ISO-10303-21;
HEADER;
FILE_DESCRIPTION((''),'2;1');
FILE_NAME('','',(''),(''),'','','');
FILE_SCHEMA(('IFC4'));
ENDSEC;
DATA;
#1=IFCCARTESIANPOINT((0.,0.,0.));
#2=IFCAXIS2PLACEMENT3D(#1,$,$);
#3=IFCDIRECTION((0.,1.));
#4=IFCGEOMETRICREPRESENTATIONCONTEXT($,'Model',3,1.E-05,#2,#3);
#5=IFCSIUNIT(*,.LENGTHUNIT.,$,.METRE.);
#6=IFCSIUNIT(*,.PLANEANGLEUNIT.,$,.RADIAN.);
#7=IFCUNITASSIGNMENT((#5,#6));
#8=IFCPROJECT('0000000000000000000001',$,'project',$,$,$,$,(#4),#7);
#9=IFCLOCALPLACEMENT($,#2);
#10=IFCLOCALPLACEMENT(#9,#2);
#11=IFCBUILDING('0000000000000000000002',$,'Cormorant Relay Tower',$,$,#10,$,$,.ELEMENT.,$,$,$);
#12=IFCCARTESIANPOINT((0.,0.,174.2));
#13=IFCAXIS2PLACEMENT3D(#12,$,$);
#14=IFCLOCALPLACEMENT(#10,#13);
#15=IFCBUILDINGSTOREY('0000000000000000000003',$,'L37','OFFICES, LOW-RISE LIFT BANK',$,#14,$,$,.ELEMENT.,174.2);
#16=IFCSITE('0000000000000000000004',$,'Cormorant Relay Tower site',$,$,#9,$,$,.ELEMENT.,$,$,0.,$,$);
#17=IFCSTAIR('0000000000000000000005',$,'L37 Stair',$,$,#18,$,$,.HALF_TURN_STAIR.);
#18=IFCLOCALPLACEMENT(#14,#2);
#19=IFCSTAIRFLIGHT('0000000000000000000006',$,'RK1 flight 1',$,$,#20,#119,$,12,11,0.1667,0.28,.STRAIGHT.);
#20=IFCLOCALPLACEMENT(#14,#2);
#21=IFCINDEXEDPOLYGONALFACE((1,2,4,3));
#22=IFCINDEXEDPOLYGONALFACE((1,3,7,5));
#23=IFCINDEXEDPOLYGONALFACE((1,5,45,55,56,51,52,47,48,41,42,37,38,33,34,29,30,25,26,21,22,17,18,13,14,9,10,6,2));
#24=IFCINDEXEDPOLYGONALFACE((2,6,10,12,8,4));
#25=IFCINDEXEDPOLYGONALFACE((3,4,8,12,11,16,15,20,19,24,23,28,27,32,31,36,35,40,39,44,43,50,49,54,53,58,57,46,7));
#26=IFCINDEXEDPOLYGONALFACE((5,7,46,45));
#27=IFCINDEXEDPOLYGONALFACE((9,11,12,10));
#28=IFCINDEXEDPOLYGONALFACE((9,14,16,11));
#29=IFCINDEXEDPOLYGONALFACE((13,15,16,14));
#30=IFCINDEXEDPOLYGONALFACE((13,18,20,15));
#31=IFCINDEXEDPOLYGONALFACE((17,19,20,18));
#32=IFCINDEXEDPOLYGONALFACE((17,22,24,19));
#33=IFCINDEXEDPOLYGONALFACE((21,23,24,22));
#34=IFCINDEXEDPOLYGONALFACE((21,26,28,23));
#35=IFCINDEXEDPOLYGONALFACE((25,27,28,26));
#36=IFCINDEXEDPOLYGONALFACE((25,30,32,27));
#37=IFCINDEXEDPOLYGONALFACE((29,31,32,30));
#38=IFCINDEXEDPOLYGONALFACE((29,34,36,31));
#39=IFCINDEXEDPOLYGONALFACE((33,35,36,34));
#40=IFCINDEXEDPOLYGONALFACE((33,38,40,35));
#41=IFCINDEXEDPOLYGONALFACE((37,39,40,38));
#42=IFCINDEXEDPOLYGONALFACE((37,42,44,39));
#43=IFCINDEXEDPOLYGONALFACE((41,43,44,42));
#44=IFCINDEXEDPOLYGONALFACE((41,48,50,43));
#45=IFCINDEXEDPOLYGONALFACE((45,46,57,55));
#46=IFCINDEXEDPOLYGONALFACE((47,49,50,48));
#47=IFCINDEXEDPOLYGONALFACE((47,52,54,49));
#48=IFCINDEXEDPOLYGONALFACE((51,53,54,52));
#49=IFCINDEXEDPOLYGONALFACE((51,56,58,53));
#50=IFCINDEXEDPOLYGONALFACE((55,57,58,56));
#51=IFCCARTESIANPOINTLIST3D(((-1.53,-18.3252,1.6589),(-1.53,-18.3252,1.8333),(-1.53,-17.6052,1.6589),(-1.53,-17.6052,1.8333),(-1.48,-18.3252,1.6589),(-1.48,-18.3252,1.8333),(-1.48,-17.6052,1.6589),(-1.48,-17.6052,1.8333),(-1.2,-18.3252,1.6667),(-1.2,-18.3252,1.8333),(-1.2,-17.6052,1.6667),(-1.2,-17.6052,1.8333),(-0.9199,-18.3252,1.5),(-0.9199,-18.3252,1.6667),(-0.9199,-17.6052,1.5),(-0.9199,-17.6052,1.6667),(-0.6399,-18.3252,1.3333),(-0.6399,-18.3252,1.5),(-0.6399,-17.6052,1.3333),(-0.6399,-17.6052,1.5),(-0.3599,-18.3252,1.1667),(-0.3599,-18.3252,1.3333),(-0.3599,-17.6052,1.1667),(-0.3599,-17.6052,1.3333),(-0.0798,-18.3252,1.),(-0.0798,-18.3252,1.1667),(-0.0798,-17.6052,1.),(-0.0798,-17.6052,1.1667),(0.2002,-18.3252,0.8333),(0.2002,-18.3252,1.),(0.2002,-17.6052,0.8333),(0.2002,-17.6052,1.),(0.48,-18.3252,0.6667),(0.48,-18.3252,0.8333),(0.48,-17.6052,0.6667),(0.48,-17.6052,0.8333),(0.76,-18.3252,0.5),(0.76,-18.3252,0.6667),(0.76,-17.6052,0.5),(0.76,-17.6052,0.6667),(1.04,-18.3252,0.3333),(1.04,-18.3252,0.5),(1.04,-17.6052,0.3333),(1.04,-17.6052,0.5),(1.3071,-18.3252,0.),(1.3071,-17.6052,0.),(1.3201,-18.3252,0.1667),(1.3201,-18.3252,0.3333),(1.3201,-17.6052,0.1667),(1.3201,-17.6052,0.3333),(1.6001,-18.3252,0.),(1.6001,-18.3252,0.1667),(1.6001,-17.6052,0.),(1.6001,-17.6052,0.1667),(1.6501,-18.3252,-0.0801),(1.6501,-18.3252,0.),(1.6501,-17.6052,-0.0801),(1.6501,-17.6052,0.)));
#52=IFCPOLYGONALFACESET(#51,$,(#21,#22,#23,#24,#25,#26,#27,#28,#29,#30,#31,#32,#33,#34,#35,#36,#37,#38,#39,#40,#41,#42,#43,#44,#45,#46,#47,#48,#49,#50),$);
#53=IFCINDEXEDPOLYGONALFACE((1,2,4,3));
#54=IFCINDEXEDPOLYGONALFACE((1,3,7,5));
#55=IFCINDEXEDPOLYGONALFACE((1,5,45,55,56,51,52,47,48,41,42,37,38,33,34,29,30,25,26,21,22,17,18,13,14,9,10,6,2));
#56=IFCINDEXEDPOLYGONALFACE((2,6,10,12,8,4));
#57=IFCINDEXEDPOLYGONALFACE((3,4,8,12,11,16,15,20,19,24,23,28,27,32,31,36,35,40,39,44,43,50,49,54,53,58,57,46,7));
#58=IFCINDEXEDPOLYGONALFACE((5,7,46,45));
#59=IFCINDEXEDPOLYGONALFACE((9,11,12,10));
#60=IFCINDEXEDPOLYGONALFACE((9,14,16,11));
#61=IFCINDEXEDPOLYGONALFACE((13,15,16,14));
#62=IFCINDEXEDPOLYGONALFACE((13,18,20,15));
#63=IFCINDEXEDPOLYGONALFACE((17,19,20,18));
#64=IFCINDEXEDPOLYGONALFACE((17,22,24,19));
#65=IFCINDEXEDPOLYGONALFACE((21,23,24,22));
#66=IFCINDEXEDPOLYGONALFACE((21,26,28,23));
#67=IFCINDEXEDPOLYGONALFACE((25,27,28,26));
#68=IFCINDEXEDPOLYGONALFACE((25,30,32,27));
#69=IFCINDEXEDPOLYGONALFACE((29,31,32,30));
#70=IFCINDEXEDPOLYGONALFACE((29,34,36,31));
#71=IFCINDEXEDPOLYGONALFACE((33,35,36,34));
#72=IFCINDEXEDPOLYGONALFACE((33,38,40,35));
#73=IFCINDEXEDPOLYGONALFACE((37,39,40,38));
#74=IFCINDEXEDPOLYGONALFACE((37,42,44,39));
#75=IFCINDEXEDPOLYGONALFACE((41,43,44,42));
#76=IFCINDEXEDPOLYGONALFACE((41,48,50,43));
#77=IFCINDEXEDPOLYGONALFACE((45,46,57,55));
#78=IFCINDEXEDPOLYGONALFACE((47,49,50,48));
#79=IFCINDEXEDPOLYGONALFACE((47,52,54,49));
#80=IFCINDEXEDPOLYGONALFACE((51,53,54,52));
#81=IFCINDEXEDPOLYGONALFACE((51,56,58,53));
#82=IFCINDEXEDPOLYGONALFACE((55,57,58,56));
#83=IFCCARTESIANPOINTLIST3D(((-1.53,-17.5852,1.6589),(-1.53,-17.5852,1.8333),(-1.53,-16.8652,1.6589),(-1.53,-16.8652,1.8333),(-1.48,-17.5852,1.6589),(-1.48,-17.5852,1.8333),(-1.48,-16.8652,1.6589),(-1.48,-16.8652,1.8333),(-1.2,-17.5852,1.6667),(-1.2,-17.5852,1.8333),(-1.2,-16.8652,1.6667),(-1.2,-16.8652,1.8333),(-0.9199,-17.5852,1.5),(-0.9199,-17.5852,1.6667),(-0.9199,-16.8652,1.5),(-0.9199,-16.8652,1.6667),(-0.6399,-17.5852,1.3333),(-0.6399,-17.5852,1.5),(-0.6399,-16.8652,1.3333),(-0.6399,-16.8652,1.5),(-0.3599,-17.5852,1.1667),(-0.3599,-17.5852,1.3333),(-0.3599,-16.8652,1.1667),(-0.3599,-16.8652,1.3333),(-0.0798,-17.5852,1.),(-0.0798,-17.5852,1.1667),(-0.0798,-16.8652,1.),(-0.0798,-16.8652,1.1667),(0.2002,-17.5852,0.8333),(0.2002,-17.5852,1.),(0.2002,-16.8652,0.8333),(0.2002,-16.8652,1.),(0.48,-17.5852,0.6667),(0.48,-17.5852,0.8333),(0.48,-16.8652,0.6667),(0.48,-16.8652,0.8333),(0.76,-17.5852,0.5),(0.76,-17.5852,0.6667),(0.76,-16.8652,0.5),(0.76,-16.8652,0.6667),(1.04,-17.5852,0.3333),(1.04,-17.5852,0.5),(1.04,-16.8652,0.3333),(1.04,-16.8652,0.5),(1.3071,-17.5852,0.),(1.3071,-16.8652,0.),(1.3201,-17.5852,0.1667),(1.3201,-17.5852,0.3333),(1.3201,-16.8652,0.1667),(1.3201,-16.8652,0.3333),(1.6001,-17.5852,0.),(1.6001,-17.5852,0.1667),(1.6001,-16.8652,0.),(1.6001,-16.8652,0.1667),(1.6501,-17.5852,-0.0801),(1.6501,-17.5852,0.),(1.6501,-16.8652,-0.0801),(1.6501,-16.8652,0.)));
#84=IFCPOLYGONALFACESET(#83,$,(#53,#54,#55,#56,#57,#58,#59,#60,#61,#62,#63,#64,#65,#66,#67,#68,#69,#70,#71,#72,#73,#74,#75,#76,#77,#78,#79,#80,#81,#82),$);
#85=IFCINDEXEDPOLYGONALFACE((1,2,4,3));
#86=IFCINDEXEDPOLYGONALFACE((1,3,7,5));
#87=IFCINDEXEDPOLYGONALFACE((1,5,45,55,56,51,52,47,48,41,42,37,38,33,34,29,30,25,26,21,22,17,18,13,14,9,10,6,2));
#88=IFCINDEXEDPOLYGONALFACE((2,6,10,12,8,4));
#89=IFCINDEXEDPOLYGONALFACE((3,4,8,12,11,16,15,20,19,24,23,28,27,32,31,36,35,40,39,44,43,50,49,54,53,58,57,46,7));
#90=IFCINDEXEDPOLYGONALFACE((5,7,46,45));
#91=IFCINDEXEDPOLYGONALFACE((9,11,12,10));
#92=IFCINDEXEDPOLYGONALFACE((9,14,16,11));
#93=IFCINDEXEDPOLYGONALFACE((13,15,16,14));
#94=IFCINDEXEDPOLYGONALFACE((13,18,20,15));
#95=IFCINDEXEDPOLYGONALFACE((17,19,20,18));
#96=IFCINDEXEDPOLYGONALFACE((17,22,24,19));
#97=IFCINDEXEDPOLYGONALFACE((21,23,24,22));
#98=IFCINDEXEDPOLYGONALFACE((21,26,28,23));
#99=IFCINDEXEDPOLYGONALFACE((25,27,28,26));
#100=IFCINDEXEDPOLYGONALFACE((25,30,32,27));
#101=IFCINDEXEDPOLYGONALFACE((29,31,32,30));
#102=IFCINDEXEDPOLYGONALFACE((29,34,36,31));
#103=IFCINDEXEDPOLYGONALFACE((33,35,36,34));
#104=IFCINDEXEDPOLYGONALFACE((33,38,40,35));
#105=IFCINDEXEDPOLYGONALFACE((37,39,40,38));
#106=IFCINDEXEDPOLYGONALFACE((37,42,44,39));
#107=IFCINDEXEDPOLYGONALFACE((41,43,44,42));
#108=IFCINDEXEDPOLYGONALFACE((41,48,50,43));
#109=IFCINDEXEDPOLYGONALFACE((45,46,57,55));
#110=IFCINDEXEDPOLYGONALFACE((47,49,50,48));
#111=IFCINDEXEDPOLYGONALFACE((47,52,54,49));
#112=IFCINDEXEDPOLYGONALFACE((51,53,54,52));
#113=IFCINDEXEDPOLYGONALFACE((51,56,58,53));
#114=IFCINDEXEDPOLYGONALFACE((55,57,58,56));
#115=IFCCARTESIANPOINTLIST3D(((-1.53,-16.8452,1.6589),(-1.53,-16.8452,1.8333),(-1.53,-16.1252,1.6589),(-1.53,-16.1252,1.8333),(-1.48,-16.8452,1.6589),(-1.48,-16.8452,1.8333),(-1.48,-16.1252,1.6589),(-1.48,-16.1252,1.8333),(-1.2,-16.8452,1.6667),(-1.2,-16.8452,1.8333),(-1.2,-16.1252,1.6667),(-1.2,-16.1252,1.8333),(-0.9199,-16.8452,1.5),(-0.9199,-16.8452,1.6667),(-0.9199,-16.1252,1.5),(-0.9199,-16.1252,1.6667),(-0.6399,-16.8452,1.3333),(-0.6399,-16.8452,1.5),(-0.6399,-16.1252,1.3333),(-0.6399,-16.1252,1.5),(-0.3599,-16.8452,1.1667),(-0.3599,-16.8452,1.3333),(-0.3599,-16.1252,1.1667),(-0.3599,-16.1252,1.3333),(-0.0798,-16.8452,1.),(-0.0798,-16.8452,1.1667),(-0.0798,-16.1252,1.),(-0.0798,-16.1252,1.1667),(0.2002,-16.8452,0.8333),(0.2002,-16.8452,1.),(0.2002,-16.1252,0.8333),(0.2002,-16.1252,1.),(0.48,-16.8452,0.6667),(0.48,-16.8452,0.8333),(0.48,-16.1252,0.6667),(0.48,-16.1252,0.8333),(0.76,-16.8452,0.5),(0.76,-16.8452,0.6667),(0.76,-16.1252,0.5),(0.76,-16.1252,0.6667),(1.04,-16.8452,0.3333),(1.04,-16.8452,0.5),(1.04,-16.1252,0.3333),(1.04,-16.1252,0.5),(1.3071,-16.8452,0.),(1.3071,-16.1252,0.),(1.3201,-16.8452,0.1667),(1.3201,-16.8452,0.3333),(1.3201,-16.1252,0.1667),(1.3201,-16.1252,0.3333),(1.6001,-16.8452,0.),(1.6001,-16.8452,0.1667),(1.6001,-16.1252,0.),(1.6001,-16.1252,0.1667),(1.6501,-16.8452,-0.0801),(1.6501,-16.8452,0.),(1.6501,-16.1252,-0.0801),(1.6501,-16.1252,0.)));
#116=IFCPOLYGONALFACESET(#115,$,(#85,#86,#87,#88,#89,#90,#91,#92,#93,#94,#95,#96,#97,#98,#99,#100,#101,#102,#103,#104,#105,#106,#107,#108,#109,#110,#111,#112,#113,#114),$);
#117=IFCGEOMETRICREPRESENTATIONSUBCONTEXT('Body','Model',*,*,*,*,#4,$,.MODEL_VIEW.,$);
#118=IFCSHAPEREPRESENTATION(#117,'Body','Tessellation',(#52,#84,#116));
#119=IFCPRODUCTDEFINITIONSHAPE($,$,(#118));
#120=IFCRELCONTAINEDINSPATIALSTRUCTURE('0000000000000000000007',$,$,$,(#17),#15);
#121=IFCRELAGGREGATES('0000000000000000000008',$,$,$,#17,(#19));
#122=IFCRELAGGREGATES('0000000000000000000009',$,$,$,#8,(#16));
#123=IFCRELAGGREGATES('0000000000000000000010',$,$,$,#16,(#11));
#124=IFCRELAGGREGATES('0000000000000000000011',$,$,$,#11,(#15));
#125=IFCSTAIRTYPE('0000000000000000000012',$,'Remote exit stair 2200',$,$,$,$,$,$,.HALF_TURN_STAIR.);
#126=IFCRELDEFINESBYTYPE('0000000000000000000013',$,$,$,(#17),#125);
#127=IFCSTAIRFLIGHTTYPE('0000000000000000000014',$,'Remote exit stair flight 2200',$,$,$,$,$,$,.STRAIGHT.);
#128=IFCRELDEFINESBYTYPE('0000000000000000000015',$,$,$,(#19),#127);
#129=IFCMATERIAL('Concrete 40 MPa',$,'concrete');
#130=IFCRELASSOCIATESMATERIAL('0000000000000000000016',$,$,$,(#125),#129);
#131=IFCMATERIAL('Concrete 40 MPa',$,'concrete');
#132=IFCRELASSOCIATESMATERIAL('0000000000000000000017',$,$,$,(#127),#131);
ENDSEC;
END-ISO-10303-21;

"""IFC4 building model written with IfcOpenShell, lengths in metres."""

from ifc_helpers import new_model, si_unit, direction, frame, origin, place, context, subcontext, project, spatial, polyline, outline, extrude, material, type_object, element, aggregate, save


model = new_model("IFC4")

# Units and contexts
model_context = context("Model", 3, precision=1e-05, world=origin(), true_north=direction((0.0, 1.0)))
body_context = subcontext(model_context, "Body", "Model", "MODEL_VIEW")
ifc_project = project(units=[si_unit("LENGTHUNIT", "METRE"), si_unit("PLANEANGLEUNIT", "RADIAN")], contexts=[model_context])

# Site, building, storey
site_placement = place(None, origin())
site = spatial("IfcSite", under=ifc_project, at=site_placement, Name="Cormorant Relay Tower site", CompositionType="ELEMENT", RefElevation=0.0)
building_placement = place(site_placement, origin())
building = spatial("IfcBuilding", under=site, at=building_placement, Name="Cormorant Relay Tower", CompositionType="ELEMENT")
storey_placement = place(building_placement, frame((0.0, 0.0, 174.2)))
storey = spatial("IfcBuildingStorey", under=building, at=storey_placement, Name="L37", Description="OFFICES, LOW-RISE LIFT BANK", CompositionType="ELEMENT", Elevation=174.2)

# Stair, stair flight
ifc_material_1 = material(Name="Concrete 40 MPa", Category="concrete")
stair_type = type_object("IfcStairType", Name="Remote exit stair 2200", PredefinedType="HALF_TURN_STAIR", material=ifc_material_1)
stair_placement = place(storey_placement, origin())
stair = element("IfcStair", 1, at=stair_placement, inside=storey, type_object=stair_type, Name="L37 Stair", PredefinedType="HALF_TURN_STAIR")
ifc_material_2 = material(Name="Concrete 40 MPa", Category="concrete")
stair_flight_type = type_object("IfcStairFlightType", Name="Remote exit stair flight 2200", PredefinedType="STRAIGHT", material=ifc_material_2)
stair_flight_1_placement = place(storey_placement, frame((1.6001, -17.2251, 0.0), z_axis=(0.0, 0.0, 1.0), x_axis=(-1.0, 0.0, 0.0)))
stair_flight_1 = element("IfcStairFlight", 2, at=stair_flight_1_placement, type_object=stair_flight_type, Name="RK1 flight 1", NumberOfRisers=12, NumberOfTreads=11, PredefinedType="STRAIGHT", RiserHeight=0.1667, TreadLength=0.28, context=body_context, shape_type="SweptSolid", body=[
    extrude(outline(polyline([(-0.05, -0.0801), (-0.05, 0.0), (0.0, 0.0), (0.0, 0.1667), (0.28, 0.1667), (0.28, 0.3333), (0.5601, 0.3333), (0.5601, 0.5), (0.8401, 0.5), (0.8401, 0.6667), (1.1201, 0.6667), (1.1201, 0.8333), (1.3999, 0.8333), (1.3999, 1.0), (1.6799, 1.0), (1.6799, 1.1667), (1.96, 1.1667), (1.96, 1.3333), (2.24, 1.3333), (2.24, 1.5), (2.52, 1.5), (2.52, 1.6667), (2.8, 1.6667), (2.8, 1.8333), (3.0801, 1.8333), (3.1301, 1.8333), (3.1301, 1.6589), (3.0801, 1.6589), (0.293, 0.0), (-0.05, -0.0801)])), frame((0.0, 1.1001, 0.0), z_axis=(0.0, -1.0, 0.0), x_axis=(1.0, 0.0, 0.0)), (0.0, 0.0, 1.0), 0.72),
    extrude(outline(polyline([(-0.05, -0.0801), (-0.05, 0.0), (0.0, 0.0), (0.0, 0.1667), (0.28, 0.1667), (0.28, 0.3333), (0.5601, 0.3333), (0.5601, 0.5), (0.8401, 0.5), (0.8401, 0.6667), (1.1201, 0.6667), (1.1201, 0.8333), (1.3999, 0.8333), (1.3999, 1.0), (1.6799, 1.0), (1.6799, 1.1667), (1.96, 1.1667), (1.96, 1.3333), (2.24, 1.3333), (2.24, 1.5), (2.52, 1.5), (2.52, 1.6667), (2.8, 1.6667), (2.8, 1.8333), (3.0801, 1.8333), (3.1301, 1.8333), (3.1301, 1.6589), (3.0801, 1.6589), (0.293, 0.0), (-0.05, -0.0801)])), frame((0.0, 0.3601, 0.0), z_axis=(0.0, -1.0, 0.0), x_axis=(1.0, 0.0, 0.0)), (0.0, 0.0, 1.0), 0.72),
    extrude(outline(polyline([(-0.05, -0.0801), (-0.05, 0.0), (0.0, 0.0), (0.0, 0.1667), (0.28, 0.1667), (0.28, 0.3333), (0.5601, 0.3333), (0.5601, 0.5), (0.8401, 0.5), (0.8401, 0.6667), (1.1201, 0.6667), (1.1201, 0.8333), (1.3999, 0.8333), (1.3999, 1.0), (1.6799, 1.0), (1.6799, 1.1667), (1.96, 1.1667), (1.96, 1.3333), (2.24, 1.3333), (2.24, 1.5), (2.52, 1.5), (2.52, 1.6667), (2.8, 1.6667), (2.8, 1.8333), (3.0801, 1.8333), (3.1301, 1.8333), (3.1301, 1.6589), (3.0801, 1.6589), (0.293, 0.0), (-0.05, -0.0801)])), frame((0.0, -0.3799, 0.0), z_axis=(0.0, -1.0, 0.0), x_axis=(1.0, 0.0, 0.0)), (0.0, 0.0, 1.0), 0.72),
])
aggregate(stair, [stair_flight_1])

save(model, "model.ifc")
